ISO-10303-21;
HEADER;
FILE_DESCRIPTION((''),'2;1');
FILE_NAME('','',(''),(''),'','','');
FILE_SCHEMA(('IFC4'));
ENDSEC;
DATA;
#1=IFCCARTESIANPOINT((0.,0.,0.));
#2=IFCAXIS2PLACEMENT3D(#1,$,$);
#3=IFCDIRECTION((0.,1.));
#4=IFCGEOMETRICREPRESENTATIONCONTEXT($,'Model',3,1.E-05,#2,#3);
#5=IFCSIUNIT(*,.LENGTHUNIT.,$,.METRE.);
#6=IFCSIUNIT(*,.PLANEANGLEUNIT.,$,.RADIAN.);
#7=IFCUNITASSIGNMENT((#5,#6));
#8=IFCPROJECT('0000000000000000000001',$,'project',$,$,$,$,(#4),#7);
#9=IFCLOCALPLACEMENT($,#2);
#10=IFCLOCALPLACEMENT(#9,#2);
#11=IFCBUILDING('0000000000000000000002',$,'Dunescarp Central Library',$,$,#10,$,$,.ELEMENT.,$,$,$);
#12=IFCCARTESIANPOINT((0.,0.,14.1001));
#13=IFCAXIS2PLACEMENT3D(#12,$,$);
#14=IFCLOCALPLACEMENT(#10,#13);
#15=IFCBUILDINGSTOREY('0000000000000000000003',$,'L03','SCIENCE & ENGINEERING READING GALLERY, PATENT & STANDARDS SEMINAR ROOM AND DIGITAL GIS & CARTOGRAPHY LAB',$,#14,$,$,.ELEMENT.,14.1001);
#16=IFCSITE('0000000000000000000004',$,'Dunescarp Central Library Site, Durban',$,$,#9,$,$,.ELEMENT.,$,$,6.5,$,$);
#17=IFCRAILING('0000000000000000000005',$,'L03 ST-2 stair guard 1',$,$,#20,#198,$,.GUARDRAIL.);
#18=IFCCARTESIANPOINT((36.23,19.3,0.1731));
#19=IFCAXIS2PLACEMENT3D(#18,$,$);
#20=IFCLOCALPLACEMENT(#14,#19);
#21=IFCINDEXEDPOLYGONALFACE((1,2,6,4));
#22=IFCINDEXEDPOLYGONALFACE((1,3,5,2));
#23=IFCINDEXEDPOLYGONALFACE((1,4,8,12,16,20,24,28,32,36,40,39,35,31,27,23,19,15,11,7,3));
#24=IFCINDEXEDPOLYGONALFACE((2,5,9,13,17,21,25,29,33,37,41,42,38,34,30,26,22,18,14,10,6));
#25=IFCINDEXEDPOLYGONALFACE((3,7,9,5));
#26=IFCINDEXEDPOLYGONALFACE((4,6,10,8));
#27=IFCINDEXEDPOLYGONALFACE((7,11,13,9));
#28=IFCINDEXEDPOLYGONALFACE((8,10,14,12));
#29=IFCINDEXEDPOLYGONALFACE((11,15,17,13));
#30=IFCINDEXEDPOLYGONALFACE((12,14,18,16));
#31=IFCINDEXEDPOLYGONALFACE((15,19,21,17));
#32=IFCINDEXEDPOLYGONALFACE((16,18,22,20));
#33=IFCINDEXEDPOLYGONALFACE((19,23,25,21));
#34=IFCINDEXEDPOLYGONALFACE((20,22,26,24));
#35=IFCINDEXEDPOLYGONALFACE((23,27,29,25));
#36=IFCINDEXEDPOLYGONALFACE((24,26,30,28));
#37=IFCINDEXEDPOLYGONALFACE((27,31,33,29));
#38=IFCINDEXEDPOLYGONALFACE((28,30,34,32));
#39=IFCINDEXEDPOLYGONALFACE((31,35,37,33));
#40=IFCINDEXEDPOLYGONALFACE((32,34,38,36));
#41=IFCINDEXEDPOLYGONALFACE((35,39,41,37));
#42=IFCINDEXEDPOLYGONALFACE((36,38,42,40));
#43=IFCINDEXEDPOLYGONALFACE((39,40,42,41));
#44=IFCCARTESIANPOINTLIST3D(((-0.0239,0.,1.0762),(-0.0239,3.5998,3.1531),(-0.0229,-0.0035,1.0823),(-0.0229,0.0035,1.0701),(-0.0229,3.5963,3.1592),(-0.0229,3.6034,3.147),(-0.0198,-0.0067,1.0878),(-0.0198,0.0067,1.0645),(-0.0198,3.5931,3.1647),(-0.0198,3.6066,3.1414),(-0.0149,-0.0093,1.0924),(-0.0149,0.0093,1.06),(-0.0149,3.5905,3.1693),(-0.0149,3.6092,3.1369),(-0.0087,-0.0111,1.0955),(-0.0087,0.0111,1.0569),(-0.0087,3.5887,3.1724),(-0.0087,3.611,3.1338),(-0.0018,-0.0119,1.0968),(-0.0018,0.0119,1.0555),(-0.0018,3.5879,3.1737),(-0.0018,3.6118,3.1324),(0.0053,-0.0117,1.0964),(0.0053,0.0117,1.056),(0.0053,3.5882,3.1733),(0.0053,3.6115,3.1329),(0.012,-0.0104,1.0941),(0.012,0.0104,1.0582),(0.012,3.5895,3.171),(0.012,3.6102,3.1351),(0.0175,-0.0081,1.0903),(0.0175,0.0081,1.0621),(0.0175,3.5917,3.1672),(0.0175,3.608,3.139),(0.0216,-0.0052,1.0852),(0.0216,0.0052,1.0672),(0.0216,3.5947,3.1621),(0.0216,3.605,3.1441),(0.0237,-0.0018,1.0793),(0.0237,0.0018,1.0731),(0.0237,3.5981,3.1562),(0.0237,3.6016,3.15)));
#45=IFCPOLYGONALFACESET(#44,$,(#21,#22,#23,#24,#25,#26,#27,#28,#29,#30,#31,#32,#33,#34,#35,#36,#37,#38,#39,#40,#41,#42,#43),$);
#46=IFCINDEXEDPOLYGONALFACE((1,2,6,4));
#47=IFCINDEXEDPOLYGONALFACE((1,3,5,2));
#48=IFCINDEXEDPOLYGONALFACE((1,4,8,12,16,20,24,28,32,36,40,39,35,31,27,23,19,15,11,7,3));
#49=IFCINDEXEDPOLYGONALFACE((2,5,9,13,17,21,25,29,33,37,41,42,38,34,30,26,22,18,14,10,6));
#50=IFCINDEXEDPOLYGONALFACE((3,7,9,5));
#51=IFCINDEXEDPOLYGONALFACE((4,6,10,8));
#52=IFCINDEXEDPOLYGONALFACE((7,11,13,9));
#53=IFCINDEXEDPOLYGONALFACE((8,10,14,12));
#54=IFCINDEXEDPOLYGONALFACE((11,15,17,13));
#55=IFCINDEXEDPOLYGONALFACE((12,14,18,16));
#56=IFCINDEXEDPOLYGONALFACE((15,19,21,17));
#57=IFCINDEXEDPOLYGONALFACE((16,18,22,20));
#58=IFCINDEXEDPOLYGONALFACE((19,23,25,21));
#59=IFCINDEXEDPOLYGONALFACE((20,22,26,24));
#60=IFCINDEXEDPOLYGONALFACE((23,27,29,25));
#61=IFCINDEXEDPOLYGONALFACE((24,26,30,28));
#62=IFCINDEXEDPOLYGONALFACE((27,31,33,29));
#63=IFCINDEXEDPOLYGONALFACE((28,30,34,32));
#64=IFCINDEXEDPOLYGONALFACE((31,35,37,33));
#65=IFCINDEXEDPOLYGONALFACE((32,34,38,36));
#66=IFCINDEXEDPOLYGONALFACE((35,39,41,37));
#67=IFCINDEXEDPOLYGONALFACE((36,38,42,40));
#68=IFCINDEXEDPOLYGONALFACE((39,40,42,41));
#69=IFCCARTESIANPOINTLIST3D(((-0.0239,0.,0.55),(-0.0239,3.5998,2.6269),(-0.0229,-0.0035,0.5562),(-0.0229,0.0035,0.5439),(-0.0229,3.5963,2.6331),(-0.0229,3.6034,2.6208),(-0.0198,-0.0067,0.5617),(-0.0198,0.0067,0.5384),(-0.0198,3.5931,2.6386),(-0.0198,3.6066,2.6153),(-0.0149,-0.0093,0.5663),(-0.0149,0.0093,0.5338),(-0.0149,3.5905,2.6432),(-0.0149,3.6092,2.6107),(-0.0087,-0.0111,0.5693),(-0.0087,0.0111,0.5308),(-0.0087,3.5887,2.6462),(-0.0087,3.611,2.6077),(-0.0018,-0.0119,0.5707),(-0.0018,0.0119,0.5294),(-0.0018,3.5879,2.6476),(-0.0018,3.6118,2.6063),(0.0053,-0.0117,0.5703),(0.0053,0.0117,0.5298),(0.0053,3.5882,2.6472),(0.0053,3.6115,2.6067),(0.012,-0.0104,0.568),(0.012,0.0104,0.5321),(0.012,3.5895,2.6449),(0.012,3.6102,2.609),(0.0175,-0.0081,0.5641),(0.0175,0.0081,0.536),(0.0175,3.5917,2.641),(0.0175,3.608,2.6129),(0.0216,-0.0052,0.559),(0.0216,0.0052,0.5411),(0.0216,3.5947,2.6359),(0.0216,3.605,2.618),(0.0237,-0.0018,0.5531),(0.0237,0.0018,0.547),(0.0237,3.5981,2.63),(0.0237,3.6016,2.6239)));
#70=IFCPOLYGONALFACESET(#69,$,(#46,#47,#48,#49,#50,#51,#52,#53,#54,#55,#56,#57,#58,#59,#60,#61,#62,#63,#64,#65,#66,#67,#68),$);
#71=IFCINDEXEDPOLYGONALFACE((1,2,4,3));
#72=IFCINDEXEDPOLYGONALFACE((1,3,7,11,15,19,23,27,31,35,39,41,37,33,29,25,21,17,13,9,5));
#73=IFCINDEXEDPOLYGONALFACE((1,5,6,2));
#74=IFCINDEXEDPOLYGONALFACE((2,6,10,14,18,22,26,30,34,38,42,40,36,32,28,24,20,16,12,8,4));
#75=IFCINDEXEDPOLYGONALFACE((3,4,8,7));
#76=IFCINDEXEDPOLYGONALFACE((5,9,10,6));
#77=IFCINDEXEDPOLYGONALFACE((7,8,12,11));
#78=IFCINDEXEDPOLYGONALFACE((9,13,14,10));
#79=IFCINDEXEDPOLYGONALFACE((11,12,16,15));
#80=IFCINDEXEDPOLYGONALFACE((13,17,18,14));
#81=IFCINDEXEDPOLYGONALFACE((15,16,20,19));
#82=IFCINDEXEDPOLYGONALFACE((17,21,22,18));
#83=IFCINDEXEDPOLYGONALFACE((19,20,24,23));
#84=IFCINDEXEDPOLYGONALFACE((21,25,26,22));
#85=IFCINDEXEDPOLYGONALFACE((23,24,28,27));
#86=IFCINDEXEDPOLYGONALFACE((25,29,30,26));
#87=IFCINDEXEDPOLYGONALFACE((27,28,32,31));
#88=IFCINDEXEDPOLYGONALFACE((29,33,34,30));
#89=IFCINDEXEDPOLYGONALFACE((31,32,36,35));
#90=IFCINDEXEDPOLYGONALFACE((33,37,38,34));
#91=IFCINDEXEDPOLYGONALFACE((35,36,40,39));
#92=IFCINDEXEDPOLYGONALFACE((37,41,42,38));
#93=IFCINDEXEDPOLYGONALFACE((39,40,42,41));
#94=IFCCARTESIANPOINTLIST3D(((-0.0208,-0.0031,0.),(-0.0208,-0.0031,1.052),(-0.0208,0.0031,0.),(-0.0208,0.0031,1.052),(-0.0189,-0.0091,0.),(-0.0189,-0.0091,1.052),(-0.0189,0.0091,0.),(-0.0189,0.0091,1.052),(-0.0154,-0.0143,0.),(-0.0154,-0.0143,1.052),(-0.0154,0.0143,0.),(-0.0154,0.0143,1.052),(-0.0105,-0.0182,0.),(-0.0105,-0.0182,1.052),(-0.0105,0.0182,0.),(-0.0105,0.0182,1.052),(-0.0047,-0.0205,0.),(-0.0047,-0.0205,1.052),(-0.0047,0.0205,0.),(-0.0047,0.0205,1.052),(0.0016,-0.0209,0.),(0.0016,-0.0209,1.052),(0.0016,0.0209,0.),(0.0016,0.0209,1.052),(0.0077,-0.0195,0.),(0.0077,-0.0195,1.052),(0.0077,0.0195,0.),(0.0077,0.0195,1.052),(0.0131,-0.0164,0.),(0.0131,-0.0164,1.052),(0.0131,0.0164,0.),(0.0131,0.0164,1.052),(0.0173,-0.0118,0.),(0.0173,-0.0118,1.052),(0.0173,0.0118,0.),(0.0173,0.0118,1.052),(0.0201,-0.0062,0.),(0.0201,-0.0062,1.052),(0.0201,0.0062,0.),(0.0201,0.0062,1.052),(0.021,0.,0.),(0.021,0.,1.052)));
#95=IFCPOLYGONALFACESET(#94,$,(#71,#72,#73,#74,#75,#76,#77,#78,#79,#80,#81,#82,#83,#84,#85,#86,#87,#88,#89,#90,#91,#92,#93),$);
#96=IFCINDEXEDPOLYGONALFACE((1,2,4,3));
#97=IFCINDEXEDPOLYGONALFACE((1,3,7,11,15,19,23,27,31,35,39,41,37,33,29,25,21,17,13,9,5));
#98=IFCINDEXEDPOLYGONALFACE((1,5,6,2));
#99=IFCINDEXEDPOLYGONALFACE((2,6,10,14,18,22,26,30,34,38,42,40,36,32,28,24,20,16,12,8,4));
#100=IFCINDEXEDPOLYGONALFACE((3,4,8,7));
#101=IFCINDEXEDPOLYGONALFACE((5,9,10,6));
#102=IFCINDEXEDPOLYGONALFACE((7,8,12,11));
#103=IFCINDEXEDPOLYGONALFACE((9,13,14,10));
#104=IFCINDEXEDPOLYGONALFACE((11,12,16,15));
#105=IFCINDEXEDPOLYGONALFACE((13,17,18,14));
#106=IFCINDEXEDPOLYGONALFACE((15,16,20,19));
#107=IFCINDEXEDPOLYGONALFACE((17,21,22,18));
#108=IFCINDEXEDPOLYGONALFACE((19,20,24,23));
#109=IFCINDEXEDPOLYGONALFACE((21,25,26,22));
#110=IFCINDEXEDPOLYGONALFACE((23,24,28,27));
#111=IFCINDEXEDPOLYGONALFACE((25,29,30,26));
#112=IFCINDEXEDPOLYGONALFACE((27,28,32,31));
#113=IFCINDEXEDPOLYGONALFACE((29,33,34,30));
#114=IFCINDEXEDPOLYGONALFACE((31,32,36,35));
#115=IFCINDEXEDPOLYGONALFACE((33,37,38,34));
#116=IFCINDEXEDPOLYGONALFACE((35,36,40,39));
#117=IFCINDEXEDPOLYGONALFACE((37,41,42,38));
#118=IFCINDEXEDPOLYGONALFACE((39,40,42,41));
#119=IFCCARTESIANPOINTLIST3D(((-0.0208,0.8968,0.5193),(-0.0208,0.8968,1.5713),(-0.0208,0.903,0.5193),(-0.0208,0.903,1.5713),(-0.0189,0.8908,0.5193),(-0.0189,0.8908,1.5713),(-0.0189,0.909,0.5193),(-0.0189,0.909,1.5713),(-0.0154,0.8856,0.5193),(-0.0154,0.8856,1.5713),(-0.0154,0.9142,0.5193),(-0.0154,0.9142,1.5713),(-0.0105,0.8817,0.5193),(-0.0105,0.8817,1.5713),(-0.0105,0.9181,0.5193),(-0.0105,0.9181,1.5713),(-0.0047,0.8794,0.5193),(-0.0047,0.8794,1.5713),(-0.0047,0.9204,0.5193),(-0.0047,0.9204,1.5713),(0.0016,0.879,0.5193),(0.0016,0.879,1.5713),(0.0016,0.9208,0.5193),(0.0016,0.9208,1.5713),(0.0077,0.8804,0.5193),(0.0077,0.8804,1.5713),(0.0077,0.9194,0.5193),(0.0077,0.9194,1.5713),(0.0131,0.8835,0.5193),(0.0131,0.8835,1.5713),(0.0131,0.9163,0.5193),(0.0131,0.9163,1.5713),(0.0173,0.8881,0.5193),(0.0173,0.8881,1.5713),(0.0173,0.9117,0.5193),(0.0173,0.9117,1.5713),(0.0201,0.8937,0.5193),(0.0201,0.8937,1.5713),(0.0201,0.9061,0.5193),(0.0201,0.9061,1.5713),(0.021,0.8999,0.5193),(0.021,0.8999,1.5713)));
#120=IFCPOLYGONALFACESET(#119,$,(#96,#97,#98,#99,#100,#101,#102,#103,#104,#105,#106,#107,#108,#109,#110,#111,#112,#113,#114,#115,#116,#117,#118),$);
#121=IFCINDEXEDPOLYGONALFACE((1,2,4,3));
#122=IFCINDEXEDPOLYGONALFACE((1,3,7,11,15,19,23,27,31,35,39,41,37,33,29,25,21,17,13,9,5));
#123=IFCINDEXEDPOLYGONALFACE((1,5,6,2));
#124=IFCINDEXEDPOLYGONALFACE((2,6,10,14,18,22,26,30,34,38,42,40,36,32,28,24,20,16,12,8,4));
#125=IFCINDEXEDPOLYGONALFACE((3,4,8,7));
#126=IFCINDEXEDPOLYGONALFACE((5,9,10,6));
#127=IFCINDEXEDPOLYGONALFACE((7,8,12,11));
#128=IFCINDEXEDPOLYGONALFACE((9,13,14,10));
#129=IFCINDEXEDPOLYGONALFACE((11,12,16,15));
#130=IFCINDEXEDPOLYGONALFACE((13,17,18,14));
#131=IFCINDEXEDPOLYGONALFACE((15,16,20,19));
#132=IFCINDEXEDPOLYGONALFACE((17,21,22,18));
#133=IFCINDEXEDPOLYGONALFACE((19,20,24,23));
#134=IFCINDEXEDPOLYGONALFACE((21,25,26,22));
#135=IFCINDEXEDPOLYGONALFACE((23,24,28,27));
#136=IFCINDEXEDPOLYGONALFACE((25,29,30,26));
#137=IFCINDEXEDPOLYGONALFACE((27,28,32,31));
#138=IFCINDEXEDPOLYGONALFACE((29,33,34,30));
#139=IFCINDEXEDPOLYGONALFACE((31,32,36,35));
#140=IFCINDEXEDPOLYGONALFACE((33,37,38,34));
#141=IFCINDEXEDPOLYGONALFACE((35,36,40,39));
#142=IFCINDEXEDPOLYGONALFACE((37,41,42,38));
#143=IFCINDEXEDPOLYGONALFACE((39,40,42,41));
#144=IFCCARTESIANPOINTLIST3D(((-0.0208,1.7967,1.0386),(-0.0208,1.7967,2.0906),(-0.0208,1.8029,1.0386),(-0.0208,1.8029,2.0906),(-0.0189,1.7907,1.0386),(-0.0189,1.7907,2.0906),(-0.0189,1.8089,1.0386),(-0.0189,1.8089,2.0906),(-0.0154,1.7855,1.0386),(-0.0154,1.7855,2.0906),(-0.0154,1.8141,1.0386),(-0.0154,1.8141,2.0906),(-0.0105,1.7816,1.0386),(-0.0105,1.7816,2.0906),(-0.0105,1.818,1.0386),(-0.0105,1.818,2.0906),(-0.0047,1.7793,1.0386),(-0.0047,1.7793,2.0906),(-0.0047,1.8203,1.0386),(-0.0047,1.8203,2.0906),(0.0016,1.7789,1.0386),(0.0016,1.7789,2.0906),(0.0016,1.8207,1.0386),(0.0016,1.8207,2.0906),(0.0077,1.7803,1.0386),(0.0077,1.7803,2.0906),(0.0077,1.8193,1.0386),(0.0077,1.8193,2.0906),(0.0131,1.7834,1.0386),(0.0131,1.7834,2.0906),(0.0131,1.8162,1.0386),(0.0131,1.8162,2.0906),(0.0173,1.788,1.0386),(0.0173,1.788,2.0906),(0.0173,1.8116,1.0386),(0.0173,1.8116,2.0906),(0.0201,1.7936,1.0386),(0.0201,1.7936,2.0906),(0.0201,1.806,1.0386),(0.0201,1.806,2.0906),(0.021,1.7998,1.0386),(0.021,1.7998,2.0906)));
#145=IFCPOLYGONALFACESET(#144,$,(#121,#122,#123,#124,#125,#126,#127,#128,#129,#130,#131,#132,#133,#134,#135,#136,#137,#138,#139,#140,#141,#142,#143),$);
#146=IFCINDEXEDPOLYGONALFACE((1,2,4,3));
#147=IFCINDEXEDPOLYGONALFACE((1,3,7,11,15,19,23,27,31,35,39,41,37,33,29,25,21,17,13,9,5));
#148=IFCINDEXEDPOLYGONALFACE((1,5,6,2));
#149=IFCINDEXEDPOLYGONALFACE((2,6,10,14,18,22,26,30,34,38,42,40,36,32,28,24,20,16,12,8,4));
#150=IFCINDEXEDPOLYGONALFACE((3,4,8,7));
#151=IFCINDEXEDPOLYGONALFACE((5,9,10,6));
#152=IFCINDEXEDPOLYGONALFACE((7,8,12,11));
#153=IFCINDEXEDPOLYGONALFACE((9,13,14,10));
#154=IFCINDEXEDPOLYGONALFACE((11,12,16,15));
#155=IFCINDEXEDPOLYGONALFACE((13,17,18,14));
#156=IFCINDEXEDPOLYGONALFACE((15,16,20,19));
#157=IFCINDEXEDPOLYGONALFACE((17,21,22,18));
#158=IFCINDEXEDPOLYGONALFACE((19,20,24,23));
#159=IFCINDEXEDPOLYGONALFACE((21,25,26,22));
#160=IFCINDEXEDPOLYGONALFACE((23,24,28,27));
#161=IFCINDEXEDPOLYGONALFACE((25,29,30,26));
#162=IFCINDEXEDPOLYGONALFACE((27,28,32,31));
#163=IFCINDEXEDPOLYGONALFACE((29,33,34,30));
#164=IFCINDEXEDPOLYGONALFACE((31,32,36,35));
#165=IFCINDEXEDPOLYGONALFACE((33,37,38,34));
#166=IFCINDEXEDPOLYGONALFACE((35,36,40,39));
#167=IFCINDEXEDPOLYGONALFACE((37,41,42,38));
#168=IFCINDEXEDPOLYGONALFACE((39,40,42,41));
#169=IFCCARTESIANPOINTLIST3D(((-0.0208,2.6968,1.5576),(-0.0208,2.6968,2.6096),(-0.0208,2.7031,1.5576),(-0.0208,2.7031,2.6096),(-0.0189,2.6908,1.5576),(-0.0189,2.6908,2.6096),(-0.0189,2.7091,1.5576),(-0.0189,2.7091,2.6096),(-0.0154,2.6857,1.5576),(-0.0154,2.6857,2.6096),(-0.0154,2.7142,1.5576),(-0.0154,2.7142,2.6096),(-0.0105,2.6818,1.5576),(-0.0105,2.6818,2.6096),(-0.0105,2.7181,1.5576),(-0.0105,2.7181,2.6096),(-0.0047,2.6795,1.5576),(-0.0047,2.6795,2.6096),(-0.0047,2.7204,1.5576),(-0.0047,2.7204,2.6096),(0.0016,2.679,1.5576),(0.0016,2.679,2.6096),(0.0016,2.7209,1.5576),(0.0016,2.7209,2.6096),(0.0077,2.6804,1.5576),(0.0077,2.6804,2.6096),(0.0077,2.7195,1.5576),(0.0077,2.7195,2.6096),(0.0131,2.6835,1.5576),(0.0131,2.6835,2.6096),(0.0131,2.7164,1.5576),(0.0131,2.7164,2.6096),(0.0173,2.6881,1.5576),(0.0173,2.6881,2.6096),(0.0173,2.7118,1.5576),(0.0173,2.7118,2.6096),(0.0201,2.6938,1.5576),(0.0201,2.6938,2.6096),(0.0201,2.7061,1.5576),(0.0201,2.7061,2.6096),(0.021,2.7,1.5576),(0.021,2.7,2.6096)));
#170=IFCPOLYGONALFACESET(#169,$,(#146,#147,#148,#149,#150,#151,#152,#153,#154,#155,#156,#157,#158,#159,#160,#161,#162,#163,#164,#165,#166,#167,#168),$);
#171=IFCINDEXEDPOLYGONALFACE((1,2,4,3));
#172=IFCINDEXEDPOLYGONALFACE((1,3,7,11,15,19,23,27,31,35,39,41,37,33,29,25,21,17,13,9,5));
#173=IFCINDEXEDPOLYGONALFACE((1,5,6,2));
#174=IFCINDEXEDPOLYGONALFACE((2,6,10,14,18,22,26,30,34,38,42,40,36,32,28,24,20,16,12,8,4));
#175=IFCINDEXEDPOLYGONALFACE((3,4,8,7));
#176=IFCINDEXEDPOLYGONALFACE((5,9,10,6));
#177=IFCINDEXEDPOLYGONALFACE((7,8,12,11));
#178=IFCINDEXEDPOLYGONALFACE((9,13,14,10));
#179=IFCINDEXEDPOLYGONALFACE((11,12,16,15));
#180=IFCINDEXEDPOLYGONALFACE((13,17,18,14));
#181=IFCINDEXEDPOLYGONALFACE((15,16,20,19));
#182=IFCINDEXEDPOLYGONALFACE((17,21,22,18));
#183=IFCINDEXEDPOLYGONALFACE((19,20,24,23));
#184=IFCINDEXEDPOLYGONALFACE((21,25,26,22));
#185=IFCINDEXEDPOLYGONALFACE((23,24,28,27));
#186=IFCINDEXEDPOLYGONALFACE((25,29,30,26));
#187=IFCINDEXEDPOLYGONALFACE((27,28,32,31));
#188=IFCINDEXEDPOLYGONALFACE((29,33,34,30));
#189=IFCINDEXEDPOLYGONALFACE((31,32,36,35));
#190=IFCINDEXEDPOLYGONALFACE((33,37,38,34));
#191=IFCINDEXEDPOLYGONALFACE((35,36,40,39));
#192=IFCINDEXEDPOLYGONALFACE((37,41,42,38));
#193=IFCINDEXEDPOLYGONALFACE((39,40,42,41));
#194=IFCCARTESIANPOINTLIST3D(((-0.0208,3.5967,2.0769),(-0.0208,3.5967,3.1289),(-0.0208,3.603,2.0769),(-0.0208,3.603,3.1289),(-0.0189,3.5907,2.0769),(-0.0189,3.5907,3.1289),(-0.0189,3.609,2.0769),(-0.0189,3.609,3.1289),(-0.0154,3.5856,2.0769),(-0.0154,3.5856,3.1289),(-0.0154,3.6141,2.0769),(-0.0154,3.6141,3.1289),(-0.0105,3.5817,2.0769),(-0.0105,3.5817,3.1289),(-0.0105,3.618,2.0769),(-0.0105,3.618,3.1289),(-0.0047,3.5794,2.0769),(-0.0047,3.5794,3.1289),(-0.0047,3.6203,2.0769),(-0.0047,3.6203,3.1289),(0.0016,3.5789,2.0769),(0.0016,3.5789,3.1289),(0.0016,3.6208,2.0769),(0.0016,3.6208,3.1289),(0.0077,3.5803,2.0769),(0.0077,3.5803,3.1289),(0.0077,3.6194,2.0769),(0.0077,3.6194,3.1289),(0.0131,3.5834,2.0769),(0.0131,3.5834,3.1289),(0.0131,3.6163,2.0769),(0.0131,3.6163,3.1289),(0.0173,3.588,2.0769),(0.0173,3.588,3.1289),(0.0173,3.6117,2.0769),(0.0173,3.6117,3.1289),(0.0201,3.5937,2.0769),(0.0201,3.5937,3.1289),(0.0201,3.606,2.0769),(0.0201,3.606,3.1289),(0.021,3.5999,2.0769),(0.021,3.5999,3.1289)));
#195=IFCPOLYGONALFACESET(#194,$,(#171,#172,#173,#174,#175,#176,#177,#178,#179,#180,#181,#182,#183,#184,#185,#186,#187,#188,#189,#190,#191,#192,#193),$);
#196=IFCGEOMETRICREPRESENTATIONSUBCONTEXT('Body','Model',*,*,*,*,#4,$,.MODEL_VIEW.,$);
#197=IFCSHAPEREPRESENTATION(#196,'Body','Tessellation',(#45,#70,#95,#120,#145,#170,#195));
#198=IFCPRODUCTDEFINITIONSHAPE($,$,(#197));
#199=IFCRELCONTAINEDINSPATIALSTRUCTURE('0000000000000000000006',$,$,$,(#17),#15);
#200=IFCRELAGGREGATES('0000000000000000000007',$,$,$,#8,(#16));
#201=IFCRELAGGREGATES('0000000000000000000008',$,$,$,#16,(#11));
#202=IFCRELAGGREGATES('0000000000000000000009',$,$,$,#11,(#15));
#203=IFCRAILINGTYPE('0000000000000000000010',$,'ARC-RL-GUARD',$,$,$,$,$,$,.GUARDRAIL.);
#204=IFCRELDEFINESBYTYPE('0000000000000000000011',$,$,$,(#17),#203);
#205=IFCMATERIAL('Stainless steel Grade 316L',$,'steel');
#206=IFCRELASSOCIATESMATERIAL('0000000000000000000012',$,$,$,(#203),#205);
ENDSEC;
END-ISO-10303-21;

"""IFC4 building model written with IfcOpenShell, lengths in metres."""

from ifc_helpers import new_model, si_unit, direction, frame, origin, origin_2d, place, context, subcontext, project, spatial, circle, extrude, material, type_object, element, save


model = new_model("IFC4")

# Units and contexts
model_context = context("Model", 3, precision=1e-05, world=origin(), true_north=direction((0.0, 1.0)))
body_context = subcontext(model_context, "Body", "Model", "MODEL_VIEW")
ifc_project = project(units=[si_unit("LENGTHUNIT", "METRE"), si_unit("PLANEANGLEUNIT", "RADIAN")], contexts=[model_context])

# Site, building, storey
site_placement = place(None, origin())
site = spatial("IfcSite", under=ifc_project, at=site_placement, Name="Dunescarp Central Library Site, Durban", CompositionType="ELEMENT", RefElevation=6.5)
building_placement = place(site_placement, origin())
building = spatial("IfcBuilding", under=site, at=building_placement, Name="Dunescarp Central Library", CompositionType="ELEMENT")
storey_placement = place(building_placement, frame((0.0, 0.0, 14.1001)))
storey = spatial("IfcBuildingStorey", under=building, at=storey_placement, Name="L03", Description="SCIENCE & ENGINEERING READING GALLERY, PATENT & STANDARDS SEMINAR ROOM AND DIGITAL GIS & CARTOGRAPHY LAB", CompositionType="ELEMENT", Elevation=14.1001)

# Railing
ifc_material_1 = material(Name="Stainless steel Grade 316L", Category="steel")
railing_type_1 = type_object("IfcRailingType", Name="ARC-RL-GUARD", PredefinedType="GUARDRAIL", material=ifc_material_1)
railing_1_placement = place(storey_placement, frame((36.23, 19.3, 0.1731)))
element("IfcRailing", 1, at=railing_1_placement, inside=storey, type_object=railing_type_1, Name="L03 ST-2 stair guard 1", PredefinedType="GUARDRAIL", context=body_context, shape_type="SweptSolid", body=[
    extrude(circle(Radius=0.0239, at=origin_2d()), frame((0.0, 0.0, 1.0762), z_axis=(0.0, 0.866179, 0.499734), x_axis=(-1.0, 0.0, 0.0)), (0.0, 0.0, 1.0), 4.156),
    extrude(circle(Radius=0.0239, at=origin_2d()), frame((0.0, 0.0, 0.55), z_axis=(0.0, 0.866179, 0.499734), x_axis=(-1.0, 0.0, 0.0)), (0.0, 0.0, 1.0), 4.156),
    extrude(circle(Radius=0.021, at=origin_2d()), origin(), (0.0, 0.0, 1.0), 1.052),
    extrude(circle(Radius=0.021, at=origin_2d()), frame((0.0, 0.8999, 0.5193)), (0.0, 0.0, 1.0), 1.052),
    extrude(circle(Radius=0.021, at=origin_2d()), frame((0.0, 1.7998, 1.0386)), (0.0, 0.0, 1.0), 1.052),
    extrude(circle(Radius=0.021, at=origin_2d()), frame((0.0, 2.7, 1.5576)), (0.0, 0.0, 1.0), 1.052),
    extrude(circle(Radius=0.021, at=origin_2d()), frame((0.0, 3.5999, 2.0769)), (0.0, 0.0, 1.0), 1.052),
])

save(model, "model.ifc")
